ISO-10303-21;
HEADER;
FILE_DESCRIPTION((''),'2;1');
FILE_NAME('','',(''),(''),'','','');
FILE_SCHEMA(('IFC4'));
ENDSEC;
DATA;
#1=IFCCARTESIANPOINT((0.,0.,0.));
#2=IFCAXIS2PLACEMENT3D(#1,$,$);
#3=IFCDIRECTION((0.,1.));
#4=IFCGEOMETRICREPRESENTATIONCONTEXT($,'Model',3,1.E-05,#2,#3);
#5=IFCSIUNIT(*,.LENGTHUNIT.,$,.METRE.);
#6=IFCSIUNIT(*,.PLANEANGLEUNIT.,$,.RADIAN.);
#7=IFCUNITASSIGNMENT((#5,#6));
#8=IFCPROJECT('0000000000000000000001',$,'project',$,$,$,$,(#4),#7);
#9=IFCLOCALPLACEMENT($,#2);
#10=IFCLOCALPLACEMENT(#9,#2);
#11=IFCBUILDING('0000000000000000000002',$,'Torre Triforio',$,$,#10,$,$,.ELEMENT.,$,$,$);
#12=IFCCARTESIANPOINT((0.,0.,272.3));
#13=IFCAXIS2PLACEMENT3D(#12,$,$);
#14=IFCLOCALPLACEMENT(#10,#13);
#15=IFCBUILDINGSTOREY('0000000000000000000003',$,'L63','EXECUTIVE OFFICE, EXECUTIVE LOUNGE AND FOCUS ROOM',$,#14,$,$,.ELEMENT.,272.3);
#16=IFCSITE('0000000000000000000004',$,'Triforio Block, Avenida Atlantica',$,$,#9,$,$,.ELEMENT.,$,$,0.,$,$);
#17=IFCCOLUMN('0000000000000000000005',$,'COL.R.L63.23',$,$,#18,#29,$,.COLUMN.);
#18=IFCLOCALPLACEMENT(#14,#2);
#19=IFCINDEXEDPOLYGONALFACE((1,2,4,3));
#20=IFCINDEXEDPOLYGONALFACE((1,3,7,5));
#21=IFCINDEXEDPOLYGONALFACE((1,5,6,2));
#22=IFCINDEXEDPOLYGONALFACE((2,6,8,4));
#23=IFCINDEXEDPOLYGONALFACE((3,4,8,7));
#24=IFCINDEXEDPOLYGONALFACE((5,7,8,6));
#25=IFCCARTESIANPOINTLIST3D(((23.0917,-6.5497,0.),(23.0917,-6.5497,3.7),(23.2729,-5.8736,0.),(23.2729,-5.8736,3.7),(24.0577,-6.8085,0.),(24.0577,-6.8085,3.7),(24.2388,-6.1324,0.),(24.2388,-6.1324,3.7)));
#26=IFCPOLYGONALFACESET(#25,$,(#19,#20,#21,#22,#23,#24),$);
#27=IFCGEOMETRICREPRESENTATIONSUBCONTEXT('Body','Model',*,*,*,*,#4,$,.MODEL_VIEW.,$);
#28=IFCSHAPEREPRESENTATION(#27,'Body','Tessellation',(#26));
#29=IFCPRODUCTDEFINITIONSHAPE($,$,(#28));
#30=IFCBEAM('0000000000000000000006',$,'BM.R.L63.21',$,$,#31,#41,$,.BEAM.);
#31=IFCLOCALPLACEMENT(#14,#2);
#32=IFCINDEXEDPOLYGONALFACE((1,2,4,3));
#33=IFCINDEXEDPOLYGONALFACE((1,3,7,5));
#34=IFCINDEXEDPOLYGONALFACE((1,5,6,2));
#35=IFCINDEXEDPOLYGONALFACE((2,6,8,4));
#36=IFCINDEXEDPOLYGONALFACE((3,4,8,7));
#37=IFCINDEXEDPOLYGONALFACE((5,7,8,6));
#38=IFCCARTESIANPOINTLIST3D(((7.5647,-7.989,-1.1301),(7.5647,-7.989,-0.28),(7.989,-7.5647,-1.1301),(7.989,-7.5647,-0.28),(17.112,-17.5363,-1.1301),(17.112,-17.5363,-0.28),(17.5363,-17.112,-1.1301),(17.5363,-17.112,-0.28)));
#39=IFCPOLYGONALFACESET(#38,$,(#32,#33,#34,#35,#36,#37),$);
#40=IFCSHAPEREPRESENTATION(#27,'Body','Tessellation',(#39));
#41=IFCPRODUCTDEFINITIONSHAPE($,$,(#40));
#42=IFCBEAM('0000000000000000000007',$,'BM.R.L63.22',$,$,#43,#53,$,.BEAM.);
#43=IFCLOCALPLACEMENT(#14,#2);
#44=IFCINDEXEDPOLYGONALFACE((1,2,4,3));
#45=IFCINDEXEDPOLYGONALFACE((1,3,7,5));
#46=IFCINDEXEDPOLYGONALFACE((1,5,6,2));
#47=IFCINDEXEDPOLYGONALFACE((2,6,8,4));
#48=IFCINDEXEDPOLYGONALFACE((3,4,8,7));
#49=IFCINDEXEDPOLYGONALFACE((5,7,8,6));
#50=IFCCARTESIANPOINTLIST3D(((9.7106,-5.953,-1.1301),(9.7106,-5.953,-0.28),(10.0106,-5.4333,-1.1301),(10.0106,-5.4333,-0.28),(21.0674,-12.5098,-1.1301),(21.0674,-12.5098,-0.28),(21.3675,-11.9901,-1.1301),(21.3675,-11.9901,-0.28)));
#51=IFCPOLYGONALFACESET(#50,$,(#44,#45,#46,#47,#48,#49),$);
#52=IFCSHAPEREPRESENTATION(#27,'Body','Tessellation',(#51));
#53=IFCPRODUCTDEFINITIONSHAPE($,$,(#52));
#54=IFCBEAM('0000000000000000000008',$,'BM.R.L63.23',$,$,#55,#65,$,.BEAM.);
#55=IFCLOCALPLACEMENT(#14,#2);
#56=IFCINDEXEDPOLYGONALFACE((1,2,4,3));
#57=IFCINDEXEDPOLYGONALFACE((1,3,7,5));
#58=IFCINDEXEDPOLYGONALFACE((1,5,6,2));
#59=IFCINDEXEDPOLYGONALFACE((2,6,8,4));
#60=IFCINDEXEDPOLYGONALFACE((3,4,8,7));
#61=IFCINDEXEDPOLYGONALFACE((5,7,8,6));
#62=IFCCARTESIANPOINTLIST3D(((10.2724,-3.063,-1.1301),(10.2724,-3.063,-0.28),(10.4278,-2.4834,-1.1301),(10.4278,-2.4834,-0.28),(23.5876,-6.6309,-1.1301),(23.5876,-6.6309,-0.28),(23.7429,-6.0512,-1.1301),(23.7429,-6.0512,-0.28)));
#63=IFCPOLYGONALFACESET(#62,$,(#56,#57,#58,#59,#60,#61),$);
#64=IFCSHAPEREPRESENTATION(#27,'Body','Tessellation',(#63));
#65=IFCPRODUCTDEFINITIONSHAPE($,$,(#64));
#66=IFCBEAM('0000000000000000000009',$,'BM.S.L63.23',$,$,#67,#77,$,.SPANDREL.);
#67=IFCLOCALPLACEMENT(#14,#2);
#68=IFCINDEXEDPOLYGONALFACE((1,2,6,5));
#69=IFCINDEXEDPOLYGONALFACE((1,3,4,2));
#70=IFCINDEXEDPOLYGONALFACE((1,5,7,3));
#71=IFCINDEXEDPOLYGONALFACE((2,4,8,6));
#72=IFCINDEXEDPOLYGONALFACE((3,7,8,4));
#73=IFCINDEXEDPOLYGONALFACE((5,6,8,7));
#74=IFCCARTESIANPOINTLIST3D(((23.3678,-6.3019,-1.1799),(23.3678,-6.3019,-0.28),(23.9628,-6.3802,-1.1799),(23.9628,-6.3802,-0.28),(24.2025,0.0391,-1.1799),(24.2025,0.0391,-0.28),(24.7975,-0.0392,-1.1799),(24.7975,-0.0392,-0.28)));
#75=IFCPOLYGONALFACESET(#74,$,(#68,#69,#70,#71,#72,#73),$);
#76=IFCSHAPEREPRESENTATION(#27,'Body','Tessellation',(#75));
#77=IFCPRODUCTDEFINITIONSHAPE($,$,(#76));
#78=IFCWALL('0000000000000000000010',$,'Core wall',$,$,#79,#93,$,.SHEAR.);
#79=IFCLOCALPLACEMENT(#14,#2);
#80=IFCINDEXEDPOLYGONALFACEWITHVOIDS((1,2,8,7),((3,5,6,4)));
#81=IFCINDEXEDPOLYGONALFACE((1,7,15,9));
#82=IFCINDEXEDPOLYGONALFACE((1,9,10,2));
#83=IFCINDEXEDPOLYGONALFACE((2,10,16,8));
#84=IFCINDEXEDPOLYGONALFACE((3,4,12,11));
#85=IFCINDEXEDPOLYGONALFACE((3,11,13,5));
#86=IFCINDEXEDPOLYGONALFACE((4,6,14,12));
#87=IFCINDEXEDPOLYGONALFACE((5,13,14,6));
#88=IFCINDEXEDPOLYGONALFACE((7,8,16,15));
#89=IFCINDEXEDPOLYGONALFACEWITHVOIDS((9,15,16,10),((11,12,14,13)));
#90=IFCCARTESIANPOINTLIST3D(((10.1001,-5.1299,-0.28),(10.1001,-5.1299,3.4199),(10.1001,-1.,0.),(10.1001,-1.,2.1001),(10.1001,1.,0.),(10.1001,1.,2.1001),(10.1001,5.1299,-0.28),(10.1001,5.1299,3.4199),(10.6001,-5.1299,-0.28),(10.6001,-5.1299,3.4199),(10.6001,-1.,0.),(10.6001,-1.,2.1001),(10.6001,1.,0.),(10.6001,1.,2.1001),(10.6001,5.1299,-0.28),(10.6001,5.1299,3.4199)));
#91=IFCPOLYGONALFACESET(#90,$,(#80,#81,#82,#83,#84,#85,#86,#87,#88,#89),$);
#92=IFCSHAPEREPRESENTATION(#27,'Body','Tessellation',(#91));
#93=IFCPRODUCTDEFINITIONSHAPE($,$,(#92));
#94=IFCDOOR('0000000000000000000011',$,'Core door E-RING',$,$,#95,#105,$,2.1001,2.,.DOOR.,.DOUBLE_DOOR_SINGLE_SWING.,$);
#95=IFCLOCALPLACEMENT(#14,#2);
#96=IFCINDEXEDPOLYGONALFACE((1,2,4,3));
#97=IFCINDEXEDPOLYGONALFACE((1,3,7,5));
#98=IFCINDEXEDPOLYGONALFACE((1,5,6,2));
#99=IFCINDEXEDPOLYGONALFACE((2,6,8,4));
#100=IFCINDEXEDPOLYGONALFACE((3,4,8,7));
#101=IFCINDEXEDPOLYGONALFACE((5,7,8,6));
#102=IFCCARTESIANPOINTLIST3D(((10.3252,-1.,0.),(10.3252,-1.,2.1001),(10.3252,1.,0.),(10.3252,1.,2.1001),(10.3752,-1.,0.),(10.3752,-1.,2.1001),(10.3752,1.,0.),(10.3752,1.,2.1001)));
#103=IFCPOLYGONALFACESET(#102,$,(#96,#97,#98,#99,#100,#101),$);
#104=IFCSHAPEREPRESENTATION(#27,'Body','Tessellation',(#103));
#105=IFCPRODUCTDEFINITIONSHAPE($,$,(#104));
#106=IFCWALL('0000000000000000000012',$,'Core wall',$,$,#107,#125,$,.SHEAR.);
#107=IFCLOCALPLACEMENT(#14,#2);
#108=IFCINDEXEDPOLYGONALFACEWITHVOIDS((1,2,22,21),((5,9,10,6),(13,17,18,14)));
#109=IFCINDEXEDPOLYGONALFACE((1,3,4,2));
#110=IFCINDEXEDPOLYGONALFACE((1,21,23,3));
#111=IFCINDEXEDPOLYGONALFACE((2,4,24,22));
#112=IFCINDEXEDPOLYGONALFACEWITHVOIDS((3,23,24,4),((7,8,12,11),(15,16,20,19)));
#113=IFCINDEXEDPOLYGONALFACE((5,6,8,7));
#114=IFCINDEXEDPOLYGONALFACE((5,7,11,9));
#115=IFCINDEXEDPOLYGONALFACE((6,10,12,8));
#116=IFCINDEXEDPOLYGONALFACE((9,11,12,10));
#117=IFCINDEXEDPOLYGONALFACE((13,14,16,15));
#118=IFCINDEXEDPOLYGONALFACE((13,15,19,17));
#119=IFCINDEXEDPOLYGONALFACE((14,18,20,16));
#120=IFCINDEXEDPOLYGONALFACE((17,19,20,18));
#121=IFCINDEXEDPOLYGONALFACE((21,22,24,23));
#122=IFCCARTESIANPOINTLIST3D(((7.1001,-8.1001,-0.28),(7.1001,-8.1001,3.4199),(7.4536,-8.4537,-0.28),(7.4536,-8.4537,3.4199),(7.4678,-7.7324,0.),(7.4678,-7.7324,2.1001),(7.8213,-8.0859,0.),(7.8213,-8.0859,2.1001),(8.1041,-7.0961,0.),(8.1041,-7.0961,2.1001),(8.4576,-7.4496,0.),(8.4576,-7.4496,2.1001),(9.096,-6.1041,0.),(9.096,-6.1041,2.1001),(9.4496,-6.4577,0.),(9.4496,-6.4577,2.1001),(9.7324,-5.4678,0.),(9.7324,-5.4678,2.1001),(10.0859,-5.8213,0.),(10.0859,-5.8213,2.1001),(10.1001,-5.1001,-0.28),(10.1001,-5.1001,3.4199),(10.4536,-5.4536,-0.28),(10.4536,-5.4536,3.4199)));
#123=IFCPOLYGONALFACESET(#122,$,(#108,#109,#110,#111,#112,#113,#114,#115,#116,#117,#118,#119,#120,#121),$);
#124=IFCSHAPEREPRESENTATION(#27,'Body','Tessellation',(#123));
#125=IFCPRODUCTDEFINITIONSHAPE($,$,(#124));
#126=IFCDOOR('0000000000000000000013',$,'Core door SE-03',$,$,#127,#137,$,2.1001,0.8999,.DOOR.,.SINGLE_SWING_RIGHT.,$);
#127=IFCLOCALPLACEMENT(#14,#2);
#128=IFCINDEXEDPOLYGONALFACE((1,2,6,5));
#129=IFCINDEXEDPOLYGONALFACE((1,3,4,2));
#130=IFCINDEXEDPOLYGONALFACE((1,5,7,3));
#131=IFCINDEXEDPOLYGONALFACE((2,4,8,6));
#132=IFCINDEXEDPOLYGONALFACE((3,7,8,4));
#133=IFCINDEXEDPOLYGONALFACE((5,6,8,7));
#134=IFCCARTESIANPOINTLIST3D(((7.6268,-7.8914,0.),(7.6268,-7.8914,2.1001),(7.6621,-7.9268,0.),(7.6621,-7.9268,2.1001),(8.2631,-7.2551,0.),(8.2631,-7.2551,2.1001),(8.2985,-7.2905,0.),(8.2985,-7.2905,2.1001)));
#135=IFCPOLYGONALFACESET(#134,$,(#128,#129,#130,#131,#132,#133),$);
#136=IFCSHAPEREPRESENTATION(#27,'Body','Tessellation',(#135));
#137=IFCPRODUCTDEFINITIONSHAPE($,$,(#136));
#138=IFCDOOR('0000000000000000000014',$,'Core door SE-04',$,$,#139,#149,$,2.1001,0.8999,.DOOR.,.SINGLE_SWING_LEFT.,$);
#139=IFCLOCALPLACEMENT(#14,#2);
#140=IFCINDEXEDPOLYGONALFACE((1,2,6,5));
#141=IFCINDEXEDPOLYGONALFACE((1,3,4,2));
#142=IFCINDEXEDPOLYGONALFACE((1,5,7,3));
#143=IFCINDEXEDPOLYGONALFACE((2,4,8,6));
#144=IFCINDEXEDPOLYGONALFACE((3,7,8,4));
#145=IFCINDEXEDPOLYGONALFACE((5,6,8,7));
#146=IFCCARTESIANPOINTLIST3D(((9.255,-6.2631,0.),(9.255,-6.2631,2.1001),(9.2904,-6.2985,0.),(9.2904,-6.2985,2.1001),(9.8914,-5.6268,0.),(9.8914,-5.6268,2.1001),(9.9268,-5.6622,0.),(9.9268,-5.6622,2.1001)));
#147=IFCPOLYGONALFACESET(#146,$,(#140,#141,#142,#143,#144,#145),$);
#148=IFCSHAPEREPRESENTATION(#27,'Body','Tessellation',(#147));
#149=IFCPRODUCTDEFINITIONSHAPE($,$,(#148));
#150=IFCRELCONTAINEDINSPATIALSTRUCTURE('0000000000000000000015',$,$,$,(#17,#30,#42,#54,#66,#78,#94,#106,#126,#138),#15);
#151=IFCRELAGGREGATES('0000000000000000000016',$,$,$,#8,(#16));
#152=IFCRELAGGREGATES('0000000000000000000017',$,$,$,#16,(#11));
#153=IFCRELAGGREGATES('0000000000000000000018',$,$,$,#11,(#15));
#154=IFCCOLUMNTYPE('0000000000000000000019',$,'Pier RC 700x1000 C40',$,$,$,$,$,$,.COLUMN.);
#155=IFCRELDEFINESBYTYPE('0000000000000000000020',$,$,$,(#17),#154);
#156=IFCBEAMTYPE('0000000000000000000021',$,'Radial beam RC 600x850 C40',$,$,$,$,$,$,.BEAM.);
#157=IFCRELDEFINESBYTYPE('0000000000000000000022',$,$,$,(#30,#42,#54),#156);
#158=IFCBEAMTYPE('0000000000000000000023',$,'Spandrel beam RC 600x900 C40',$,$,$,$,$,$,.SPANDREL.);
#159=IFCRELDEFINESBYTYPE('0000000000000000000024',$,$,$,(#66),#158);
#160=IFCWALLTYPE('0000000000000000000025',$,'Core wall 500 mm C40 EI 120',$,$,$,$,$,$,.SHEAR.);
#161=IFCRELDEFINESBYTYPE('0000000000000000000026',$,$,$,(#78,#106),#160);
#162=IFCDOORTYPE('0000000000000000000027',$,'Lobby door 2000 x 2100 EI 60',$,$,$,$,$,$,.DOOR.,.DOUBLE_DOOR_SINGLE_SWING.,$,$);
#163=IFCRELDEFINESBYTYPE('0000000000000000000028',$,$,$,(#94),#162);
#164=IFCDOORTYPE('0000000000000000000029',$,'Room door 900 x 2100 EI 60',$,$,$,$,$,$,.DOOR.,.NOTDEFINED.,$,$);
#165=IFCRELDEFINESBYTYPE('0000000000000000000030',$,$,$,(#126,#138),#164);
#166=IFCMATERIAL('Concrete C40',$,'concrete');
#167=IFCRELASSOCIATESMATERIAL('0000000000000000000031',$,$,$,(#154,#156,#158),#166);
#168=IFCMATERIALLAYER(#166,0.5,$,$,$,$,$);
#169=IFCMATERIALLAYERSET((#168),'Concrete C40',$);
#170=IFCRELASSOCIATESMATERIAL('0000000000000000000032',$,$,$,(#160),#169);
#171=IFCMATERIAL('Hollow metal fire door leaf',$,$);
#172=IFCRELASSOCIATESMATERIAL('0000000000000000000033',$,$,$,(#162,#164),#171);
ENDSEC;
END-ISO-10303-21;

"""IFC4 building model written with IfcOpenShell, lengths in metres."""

from ifc_helpers import new_model, si_unit, direction, frame, frame_2d, origin, origin_2d, place, context, subcontext, project, spatial, rectangle, extrude, material, layer, layer_set, material_profile, profile_set, type_object, element, fill, save


model = new_model("IFC4")

# Units and contexts
model_context = context("Model", 3, precision=1e-05, world=origin(), true_north=direction((0.0, 1.0)))
body_context = subcontext(model_context, "Body", "Model", "MODEL_VIEW")
ifc_project = project(units=[si_unit("LENGTHUNIT", "METRE"), si_unit("PLANEANGLEUNIT", "RADIAN")], contexts=[model_context])

# Site, building, storey
site_placement = place(None, origin())
site = spatial("IfcSite", under=ifc_project, at=site_placement, Name="Triforio Block, Avenida Atlantica", CompositionType="ELEMENT", RefElevation=0.0)
building_placement = place(site_placement, origin())
building = spatial("IfcBuilding", under=site, at=building_placement, Name="Torre Triforio", CompositionType="ELEMENT")
storey_placement = place(building_placement, frame((0.0, 0.0, 272.3)))
storey = spatial("IfcBuildingStorey", under=building, at=storey_placement, Name="L63", Description="EXECUTIVE OFFICE, EXECUTIVE LOUNGE AND FOCUS ROOM", CompositionType="ELEMENT", Elevation=272.3)

# Column
ifc_material_1 = material(Name="Concrete C40", Category="concrete")
ifc_material_profile_1 = material_profile(ifc_material_1, rectangle(XDim=0.7, YDim=1.0, at=origin_2d()), Name="RC 700x1000")
ifc_profile_set_1 = profile_set([ifc_material_profile_1], Name="Concrete C40")
column_type = type_object("IfcColumnType", Name="Pier RC 700x1000 C40", PredefinedType="COLUMN", material=ifc_profile_set_1)
column_placement = place(storey_placement, frame((23.6653, -6.3411, 0.0), z_axis=(0.0, 0.0, 1.0), x_axis=(0.258819, 0.965926, 0.0)))
element("IfcColumn", 1, at=column_placement, inside=storey, type_object=column_type, Name="COL.R.L63.23", PredefinedType="COLUMN", context=body_context, shape_type="SweptSolid", body=[
    extrude(rectangle(XDim=0.7, YDim=1.0, at=origin_2d()), origin(), (0.0, 0.0, 1.0), 3.7),
])

# Beams
ifc_material_profile_2 = material_profile(ifc_material_1, rectangle(XDim=0.6001, YDim=0.8501, at=origin_2d()), Name="RC 600x850")
ifc_profile_set_2 = profile_set([ifc_material_profile_2], Name="Concrete C40")
beam_type_1 = type_object("IfcBeamType", Name="Radial beam RC 600x850 C40", PredefinedType="BEAM", material=ifc_profile_set_2)
beam_1_placement = place(storey_placement, frame((7.7769, -7.7769, -0.7051), z_axis=(0.707107, -0.707107, 0.0), x_axis=(0.707107, 0.707107, 0.0)))
element("IfcBeam", 2, at=beam_1_placement, inside=storey, type_object=beam_type_1, Name="BM.R.L63.21", PredefinedType="BEAM", context=body_context, shape_type="SweptSolid", body=[
    extrude(rectangle(XDim=0.6001, YDim=0.8501, at=origin_2d()), origin(), (0.0, 0.0, 1.0), 13.502),
])
beam_2_placement = place(storey_placement, frame((9.8606, -5.6931, -0.7051), z_axis=(0.866027, -0.499997, 0.0), x_axis=(0.499997, 0.866027, 0.0)))
element("IfcBeam", 3, at=beam_2_placement, inside=storey, type_object=beam_type_1, Name="BM.R.L63.22", PredefinedType="BEAM", context=body_context, shape_type="SweptSolid", body=[
    extrude(rectangle(XDim=0.6001, YDim=0.8501, at=origin_2d()), origin(), (0.0, 0.0, 1.0), 13.1138),
])
beam_3_placement = place(storey_placement, frame((10.3501, -2.7732, -0.7051), z_axis=(0.965924, -0.258824, 0.0), x_axis=(0.258824, 0.965924, 0.0)))
element("IfcBeam", 4, at=beam_3_placement, inside=storey, type_object=beam_type_1, Name="BM.R.L63.23", PredefinedType="BEAM", context=body_context, shape_type="SweptSolid", body=[
    extrude(rectangle(XDim=0.6001, YDim=0.8501, at=origin_2d()), origin(), (0.0, 0.0, 1.0), 13.7849),
])
ifc_material_profile_3 = material_profile(ifc_material_1, rectangle(XDim=0.6001, YDim=0.8999, at=origin_2d()), Name="RC 600x900")
ifc_profile_set_3 = profile_set([ifc_material_profile_3], Name="Concrete C40")
beam_type_2 = type_object("IfcBeamType", Name="Spandrel beam RC 600x900 C40", PredefinedType="SPANDREL", material=ifc_profile_set_3)
beam_4_placement = place(storey_placement, frame((23.6653, -6.3411, -0.73), z_axis=(0.130511, 0.991447, 0.0), x_axis=(-0.991447, 0.130511, 0.0)))
element("IfcBeam", 5, at=beam_4_placement, inside=storey, type_object=beam_type_2, Name="BM.S.L63.23", PredefinedType="SPANDREL", context=body_context, shape_type="SweptSolid", body=[
    extrude(rectangle(XDim=0.6001, YDim=0.8999, at=origin_2d()), origin(), (0.0, 0.0, 1.0), 6.3958),
])

# Wall, opening, door
ifc_layer_1 = layer(ifc_material_1, 0.5)
ifc_layer_set_1 = layer_set([ifc_layer_1], Name="Concrete C40")
wall_type_1 = type_object("IfcWallType", Name="Core wall 500 mm C40 EI 120", PredefinedType="SHEAR", material=ifc_layer_set_1)
wall_1_placement = place(storey_placement, frame((10.3501, -5.1299, -0.28), z_axis=(0.0, 0.0, 1.0), x_axis=(0.0, 1.0, 0.0)))
wall_1 = element("IfcWall", 6, at=wall_1_placement, inside=storey, type_object=wall_type_1, Name="Core wall", PredefinedType="SHEAR", context=body_context, shape_type="SweptSolid", body=[
    extrude(rectangle(XDim=10.2598, YDim=0.5, at=frame_2d((5.1299, 0.0))), origin(), (0.0, 0.0, 1.0), 3.7),
])
opening_1_placement = place(wall_1_placement, frame((4.1299, 0.0, 0.28)))
opening_1 = element("IfcOpeningElement", 7, at=opening_1_placement, cuts=wall_1, PredefinedType="OPENING", context=body_context, shape_type="SweptSolid", body=[
    extrude(rectangle(XDim=2.0, YDim=2.1001, at=frame_2d((1.0, 1.05))), frame((0.0, 0.26, 0.0), z_axis=(0.0, -1.0, 0.0), x_axis=(1.0, 0.0, 0.0)), (0.0, 0.0, 1.0), 0.52),
])
ifc_material_2 = material(Name="Hollow metal fire door leaf")
door_type_1 = type_object("IfcDoorType", Name="Lobby door 2000 x 2100 EI 60", OperationType="DOUBLE_DOOR_SINGLE_SWING", PredefinedType="DOOR", material=ifc_material_2)
door_1_placement = place(opening_1_placement, origin())
door_1 = element("IfcDoor", 8, at=door_1_placement, inside=storey, type_object=door_type_1, Name="Core door E-RING", OperationType="DOUBLE_DOOR_SINGLE_SWING", OverallHeight=2.1001, OverallWidth=2.0, PredefinedType="DOOR", context=body_context, shape_type="SweptSolid", body=[
    extrude(rectangle(XDim=2.0, YDim=2.1001, at=frame_2d((1.0, 1.05))), frame((0.0, 0.0249, 0.0), z_axis=(0.0, -1.0, 0.0), x_axis=(1.0, 0.0, 0.0)), (0.0, 0.0, 1.0), 0.05),
])
fill(opening_1, door_1)

# Wall, openings, doors
wall_2_placement = place(storey_placement, frame((10.2769, -5.2769, -0.28), z_axis=(0.0, 0.0, 1.0), x_axis=(-0.707107, -0.707107, 0.0)))
wall_2 = element("IfcWall", 9, at=wall_2_placement, inside=storey, type_object=wall_type_1, Name="Core wall", PredefinedType="SHEAR", context=body_context, shape_type="SweptSolid", body=[
    extrude(rectangle(XDim=4.2427, YDim=0.5, at=frame_2d((2.1213, 0.0))), origin(), (0.0, 0.0, 1.0), 3.7),
])
opening_2_placement = place(wall_2_placement, frame((2.8228, 0.0, 0.28)))
opening_2 = element("IfcOpeningElement", 10, at=opening_2_placement, cuts=wall_2, PredefinedType="OPENING", context=body_context, shape_type="SweptSolid", body=[
    extrude(rectangle(XDim=0.8999, YDim=2.1001, at=frame_2d((0.45, 1.05))), frame((0.0, 0.26, 0.0), z_axis=(0.0, -1.0, 0.0), x_axis=(1.0, 0.0, 0.0)), (0.0, 0.0, 1.0), 0.52),
])
opening_3_placement = place(wall_2_placement, frame((0.52, 0.0, 0.28)))
opening_3 = element("IfcOpeningElement", 11, at=opening_3_placement, cuts=wall_2, PredefinedType="OPENING", context=body_context, shape_type="SweptSolid", body=[
    extrude(rectangle(XDim=0.8999, YDim=2.1001, at=frame_2d((0.45, 1.05))), frame((0.0, 0.26, 0.0), z_axis=(0.0, -1.0, 0.0), x_axis=(1.0, 0.0, 0.0)), (0.0, 0.0, 1.0), 0.52),
])
door_type_2 = type_object("IfcDoorType", Name="Room door 900 x 2100 EI 60", OperationType="NOTDEFINED", PredefinedType="DOOR", material=ifc_material_2)
door_2_placement = place(opening_2_placement, origin())
door_2 = element("IfcDoor", 12, at=door_2_placement, inside=storey, type_object=door_type_2, Name="Core door SE-03", OperationType="SINGLE_SWING_RIGHT", OverallHeight=2.1001, OverallWidth=0.8999, PredefinedType="DOOR", context=body_context, shape_type="SweptSolid", body=[
    extrude(rectangle(XDim=0.8999, YDim=2.1001, at=frame_2d((0.45, 1.05))), frame((0.0, 0.0249, 0.0), z_axis=(0.0, -1.0, 0.0), x_axis=(1.0, 0.0, 0.0)), (0.0, 0.0, 1.0), 0.05),
])
fill(opening_2, door_2)
door_3_placement = place(opening_3_placement, origin())
door_3 = element("IfcDoor", 13, at=door_3_placement, inside=storey, type_object=door_type_2, Name="Core door SE-04", OperationType="SINGLE_SWING_LEFT", OverallHeight=2.1001, OverallWidth=0.8999, PredefinedType="DOOR", context=body_context, shape_type="SweptSolid", body=[
    extrude(rectangle(XDim=0.8999, YDim=2.1001, at=frame_2d((0.45, 1.05))), frame((0.0, 0.0249, 0.0), z_axis=(0.0, -1.0, 0.0), x_axis=(1.0, 0.0, 0.0)), (0.0, 0.0, 1.0), 0.05),
])
fill(opening_3, door_3)

save(model, "model.ifc")
